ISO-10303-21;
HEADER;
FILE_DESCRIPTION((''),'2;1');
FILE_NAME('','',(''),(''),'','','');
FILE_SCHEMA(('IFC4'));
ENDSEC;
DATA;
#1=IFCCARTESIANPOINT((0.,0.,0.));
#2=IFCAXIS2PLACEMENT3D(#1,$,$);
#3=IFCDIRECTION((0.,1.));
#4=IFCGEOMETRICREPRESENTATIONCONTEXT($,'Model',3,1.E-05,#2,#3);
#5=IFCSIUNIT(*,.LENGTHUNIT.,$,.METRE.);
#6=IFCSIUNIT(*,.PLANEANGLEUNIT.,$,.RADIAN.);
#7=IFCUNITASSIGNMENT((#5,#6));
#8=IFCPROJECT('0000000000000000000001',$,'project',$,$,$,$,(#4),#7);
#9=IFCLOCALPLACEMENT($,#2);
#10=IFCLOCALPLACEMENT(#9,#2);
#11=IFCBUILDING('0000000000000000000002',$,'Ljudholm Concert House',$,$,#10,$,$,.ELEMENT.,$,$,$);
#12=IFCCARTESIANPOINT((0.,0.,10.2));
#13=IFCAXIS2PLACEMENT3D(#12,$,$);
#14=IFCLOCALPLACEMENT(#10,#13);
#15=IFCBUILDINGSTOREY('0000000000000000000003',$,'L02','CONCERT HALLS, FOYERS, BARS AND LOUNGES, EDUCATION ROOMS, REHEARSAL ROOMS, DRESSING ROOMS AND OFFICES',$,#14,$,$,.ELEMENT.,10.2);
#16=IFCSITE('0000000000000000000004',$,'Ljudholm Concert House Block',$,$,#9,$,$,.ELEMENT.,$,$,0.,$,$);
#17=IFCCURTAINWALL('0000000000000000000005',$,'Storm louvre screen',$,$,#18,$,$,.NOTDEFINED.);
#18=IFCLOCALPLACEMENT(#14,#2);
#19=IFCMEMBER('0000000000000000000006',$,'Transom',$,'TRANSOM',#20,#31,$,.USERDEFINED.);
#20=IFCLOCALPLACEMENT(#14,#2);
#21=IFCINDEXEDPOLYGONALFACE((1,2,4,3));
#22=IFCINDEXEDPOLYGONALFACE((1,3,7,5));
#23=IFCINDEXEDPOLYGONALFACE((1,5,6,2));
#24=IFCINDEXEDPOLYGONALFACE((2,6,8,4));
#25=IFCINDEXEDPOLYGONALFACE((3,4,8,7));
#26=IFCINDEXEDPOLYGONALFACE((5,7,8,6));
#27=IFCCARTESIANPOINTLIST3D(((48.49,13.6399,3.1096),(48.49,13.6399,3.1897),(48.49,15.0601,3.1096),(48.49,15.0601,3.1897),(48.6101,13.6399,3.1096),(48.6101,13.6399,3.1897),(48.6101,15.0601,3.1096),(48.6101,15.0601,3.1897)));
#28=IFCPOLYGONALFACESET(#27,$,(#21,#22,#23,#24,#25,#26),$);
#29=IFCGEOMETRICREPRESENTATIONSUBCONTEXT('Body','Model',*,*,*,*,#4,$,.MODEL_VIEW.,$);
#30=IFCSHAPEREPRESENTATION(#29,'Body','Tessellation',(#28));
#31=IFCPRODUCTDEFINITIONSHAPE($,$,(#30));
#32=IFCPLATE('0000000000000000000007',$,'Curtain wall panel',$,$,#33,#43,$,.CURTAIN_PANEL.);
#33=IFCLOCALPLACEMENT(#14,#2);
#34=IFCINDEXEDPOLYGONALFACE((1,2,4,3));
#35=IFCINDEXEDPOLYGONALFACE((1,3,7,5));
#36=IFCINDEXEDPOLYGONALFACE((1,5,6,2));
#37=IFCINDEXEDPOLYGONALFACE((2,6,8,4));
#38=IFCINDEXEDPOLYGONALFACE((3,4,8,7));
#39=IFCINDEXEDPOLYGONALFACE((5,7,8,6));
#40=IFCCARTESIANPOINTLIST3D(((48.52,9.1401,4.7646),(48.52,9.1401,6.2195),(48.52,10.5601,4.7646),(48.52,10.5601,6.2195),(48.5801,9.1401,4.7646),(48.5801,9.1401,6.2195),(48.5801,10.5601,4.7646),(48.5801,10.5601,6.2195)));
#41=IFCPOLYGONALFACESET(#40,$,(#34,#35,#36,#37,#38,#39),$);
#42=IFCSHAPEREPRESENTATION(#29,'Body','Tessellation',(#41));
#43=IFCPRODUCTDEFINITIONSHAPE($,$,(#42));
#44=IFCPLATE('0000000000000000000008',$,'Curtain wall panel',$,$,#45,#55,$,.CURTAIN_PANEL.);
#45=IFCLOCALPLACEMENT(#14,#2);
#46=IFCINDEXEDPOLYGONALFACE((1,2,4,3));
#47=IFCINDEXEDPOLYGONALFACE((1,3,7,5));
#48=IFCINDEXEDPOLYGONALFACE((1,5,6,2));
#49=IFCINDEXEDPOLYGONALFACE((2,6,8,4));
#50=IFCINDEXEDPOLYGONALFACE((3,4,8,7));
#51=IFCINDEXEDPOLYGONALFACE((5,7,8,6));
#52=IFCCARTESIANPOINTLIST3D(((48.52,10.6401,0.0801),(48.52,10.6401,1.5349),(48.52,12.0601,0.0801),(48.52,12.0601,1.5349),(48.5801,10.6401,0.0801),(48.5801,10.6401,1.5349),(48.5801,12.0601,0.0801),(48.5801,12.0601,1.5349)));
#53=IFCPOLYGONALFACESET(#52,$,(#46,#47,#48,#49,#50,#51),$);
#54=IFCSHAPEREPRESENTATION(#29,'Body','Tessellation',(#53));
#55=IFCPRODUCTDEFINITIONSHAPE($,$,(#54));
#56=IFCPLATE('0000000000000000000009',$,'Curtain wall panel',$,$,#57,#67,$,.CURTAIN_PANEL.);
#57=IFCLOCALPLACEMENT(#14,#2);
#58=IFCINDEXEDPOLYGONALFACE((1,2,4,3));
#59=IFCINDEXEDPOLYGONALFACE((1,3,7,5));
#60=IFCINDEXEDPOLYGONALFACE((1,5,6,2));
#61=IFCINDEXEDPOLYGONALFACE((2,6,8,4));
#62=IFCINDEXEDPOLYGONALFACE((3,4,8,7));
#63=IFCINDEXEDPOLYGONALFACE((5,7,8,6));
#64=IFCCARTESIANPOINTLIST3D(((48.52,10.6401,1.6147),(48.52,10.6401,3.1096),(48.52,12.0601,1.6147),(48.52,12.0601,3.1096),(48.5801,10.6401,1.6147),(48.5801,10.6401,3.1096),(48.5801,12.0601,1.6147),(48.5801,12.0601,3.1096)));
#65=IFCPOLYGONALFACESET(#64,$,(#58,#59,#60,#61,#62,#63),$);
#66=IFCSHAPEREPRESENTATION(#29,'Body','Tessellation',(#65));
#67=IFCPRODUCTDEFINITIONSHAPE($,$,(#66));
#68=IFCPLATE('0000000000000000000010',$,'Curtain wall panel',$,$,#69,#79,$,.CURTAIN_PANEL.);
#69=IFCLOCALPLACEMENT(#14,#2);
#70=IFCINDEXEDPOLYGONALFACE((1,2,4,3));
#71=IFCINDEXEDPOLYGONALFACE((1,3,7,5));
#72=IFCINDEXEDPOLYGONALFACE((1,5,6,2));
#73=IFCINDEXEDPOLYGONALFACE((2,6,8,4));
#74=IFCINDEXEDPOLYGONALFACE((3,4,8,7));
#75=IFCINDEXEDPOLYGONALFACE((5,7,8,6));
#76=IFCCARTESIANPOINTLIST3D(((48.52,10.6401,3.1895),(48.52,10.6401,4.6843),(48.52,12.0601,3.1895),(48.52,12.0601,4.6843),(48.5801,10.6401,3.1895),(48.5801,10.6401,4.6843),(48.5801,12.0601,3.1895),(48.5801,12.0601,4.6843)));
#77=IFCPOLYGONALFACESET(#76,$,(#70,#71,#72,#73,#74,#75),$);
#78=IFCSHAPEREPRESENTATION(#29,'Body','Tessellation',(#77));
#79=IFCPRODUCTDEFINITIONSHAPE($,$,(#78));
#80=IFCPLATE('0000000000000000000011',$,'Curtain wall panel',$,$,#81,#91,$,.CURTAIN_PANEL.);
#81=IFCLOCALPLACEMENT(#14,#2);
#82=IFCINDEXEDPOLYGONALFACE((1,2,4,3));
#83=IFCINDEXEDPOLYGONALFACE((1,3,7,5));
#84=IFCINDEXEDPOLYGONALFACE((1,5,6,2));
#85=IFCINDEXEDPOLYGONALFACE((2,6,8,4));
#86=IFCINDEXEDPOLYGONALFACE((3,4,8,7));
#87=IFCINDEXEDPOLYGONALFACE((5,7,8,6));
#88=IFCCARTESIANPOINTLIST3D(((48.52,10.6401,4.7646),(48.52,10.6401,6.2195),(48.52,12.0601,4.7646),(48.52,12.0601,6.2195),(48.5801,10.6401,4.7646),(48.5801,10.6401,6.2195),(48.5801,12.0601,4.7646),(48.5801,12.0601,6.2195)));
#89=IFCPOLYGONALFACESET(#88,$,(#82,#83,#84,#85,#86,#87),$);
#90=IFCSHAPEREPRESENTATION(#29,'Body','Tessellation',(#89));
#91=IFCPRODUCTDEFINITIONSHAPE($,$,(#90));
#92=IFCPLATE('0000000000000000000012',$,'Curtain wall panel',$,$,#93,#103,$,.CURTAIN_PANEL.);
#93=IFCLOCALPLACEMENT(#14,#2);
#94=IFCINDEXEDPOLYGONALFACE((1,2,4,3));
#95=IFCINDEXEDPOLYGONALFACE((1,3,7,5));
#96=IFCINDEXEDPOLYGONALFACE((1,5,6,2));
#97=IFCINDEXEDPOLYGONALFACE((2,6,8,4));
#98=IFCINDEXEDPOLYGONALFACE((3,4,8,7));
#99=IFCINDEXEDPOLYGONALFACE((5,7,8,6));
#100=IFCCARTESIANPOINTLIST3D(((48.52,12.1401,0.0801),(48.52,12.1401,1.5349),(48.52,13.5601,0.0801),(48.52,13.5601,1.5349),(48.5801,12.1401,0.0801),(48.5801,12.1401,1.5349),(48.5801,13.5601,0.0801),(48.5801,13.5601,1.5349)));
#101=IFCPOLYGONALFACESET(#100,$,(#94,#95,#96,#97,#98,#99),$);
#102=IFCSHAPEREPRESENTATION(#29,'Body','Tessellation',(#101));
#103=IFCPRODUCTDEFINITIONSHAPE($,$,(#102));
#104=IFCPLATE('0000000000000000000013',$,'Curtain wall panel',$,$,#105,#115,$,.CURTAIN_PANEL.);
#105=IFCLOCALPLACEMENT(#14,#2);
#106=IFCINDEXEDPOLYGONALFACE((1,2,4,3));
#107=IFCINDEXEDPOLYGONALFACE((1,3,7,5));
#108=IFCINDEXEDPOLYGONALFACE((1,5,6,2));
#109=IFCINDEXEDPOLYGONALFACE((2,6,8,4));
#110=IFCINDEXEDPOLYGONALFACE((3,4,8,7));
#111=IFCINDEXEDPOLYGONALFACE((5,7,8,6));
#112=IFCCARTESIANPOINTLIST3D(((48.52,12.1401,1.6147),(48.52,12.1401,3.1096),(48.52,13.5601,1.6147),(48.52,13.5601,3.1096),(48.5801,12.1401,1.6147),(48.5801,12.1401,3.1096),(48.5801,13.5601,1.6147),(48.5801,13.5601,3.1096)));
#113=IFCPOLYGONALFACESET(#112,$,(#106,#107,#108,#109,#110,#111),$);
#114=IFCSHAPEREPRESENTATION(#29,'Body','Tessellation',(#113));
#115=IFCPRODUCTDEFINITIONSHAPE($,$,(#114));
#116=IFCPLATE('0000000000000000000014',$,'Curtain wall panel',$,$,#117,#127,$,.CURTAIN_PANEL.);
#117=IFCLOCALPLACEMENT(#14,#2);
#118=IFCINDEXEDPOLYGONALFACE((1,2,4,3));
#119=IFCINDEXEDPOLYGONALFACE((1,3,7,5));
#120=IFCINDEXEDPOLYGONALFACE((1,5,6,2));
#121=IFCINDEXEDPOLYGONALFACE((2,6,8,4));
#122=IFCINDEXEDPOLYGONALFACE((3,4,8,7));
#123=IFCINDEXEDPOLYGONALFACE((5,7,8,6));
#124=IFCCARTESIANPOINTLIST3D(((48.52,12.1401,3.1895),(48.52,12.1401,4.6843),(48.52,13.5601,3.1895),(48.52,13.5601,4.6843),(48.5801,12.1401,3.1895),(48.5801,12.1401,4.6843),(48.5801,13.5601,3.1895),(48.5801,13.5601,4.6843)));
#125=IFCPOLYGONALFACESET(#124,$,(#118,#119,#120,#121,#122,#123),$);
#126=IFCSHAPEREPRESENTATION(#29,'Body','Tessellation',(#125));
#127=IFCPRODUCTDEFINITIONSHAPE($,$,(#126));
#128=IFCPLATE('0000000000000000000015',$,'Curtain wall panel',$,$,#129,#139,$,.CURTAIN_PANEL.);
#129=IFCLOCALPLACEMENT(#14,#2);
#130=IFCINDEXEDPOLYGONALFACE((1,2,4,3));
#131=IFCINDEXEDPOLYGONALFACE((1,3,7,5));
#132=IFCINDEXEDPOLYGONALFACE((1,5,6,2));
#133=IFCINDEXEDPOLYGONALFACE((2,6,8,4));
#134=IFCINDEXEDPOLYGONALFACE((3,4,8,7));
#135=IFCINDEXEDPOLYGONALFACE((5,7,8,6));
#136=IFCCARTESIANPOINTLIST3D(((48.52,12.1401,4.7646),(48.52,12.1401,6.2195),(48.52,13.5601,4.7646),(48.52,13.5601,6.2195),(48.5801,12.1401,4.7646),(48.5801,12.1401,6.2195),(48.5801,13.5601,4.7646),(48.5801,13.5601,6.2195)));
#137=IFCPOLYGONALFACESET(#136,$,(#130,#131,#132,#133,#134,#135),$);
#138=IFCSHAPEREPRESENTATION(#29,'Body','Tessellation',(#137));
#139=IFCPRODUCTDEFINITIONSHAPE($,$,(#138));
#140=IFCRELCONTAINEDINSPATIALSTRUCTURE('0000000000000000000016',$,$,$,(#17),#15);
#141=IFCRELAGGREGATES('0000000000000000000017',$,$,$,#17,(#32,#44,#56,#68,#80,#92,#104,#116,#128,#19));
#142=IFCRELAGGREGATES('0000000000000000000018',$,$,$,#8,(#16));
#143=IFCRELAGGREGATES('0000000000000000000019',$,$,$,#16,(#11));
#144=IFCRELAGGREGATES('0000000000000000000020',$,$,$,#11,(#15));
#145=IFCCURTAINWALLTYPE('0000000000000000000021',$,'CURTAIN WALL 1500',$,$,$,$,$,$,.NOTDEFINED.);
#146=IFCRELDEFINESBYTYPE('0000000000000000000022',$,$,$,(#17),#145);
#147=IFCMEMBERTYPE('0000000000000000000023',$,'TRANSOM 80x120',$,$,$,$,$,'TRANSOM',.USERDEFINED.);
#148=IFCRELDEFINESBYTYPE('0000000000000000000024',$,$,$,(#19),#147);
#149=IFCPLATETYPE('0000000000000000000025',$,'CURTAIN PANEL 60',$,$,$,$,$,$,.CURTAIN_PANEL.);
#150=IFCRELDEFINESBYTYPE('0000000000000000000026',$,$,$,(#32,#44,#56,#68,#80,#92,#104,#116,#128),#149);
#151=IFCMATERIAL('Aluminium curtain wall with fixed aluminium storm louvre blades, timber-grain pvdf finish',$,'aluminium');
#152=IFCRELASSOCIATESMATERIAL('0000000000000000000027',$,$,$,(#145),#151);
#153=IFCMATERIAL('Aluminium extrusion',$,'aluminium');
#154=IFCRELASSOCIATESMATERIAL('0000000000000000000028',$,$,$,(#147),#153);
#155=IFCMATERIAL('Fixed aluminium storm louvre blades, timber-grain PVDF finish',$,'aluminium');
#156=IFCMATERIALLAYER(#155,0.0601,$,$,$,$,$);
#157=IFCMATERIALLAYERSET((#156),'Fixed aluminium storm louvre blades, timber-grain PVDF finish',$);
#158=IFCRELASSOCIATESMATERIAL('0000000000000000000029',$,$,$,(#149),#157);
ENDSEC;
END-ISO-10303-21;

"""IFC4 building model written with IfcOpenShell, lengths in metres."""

from ifc_helpers import new_model, si_unit, direction, frame, origin, origin_2d, place, context, subcontext, project, spatial, rectangle, extrude, material, layer, layer_set, material_profile, profile_set, type_object, element, aggregate, save


model = new_model("IFC4")

# Units and contexts
model_context = context("Model", 3, precision=1e-05, world=origin(), true_north=direction((0.0, 1.0)))
body_context = subcontext(model_context, "Body", "Model", "MODEL_VIEW")
ifc_project = project(units=[si_unit("LENGTHUNIT", "METRE"), si_unit("PLANEANGLEUNIT", "RADIAN")], contexts=[model_context])

# Site, building, storey
site_placement = place(None, origin())
site = spatial("IfcSite", under=ifc_project, at=site_placement, Name="Ljudholm Concert House Block", CompositionType="ELEMENT", RefElevation=0.0)
building_placement = place(site_placement, origin())
building = spatial("IfcBuilding", under=site, at=building_placement, Name="Ljudholm Concert House", CompositionType="ELEMENT")
storey_placement = place(building_placement, frame((0.0, 0.0, 10.2)))
storey = spatial("IfcBuildingStorey", under=building, at=storey_placement, Name="L02", Description="CONCERT HALLS, FOYERS, BARS AND LOUNGES, EDUCATION ROOMS, REHEARSAL ROOMS, DRESSING ROOMS AND OFFICES", CompositionType="ELEMENT", Elevation=10.2)

# Curtain wall, member, plates
ifc_material_1 = material(Name="Aluminium curtain wall with fixed aluminium storm louvre blades, timber-grain pvdf finish", Category="aluminium")
curtain_wall_type = type_object("IfcCurtainWallType", Name="CURTAIN WALL 1500", PredefinedType="NOTDEFINED", material=ifc_material_1)
curtain_wall_placement = place(storey_placement, origin())
curtain_wall = element("IfcCurtainWall", 1, at=curtain_wall_placement, inside=storey, type_object=curtain_wall_type, Name="Storm louvre screen", PredefinedType="NOTDEFINED")
ifc_material_2 = material(Name="Aluminium extrusion", Category="aluminium")
ifc_material_profile_1 = material_profile(ifc_material_2, rectangle(XDim=0.1201, YDim=0.0801, at=origin_2d()), Name="TRANSOM 80x120")
ifc_profile_set_1 = profile_set([ifc_material_profile_1], Name="Aluminium extrusion")
member_type_1 = type_object("IfcMemberType", Name="TRANSOM 80x120", ElementType="TRANSOM", PredefinedType="USERDEFINED", material=ifc_profile_set_1)
member_1_placement = place(storey_placement, frame((48.55, 13.6399, 3.1497), z_axis=(0.0, 1.0, 0.0), x_axis=(-1.0, 0.0, 0.0)))
member_1 = element("IfcMember", 2, at=member_1_placement, type_object=member_type_1, Name="Transom", ObjectType="TRANSOM", PredefinedType="USERDEFINED", context=body_context, shape_type="SweptSolid", body=[
    extrude(rectangle(XDim=0.1201, YDim=0.0801, at=origin_2d()), origin(), (0.0, 0.0, 1.0), 1.4202),
])
ifc_material_3 = material(Name="Fixed aluminium storm louvre blades, timber-grain PVDF finish", Category="aluminium")
ifc_layer = layer(ifc_material_3, 0.0601)
ifc_layer_set = layer_set([ifc_layer], Name="Fixed aluminium storm louvre blades, timber-grain PVDF finish")
plate_type = type_object("IfcPlateType", Name="CURTAIN PANEL 60", PredefinedType="CURTAIN_PANEL", material=ifc_layer_set)
plate_1_placement = place(storey_placement, frame((48.55, 9.8501, 4.7646), z_axis=(0.0, 0.0, 1.0), x_axis=(0.0, 1.0, 0.0)))
plate_1 = element("IfcPlate", 3, at=plate_1_placement, type_object=plate_type, Name="Curtain wall panel", PredefinedType="CURTAIN_PANEL", context=body_context, shape_type="SweptSolid", body=[
    extrude(rectangle(XDim=1.4199, YDim=0.0601, at=origin_2d()), origin(), (0.0, 0.0, 1.0), 1.4548),
])
plate_2_placement = place(storey_placement, frame((48.55, 11.3501, 0.0801), z_axis=(0.0, 0.0, 1.0), x_axis=(0.0, 1.0, 0.0)))
plate_2 = element("IfcPlate", 4, at=plate_2_placement, type_object=plate_type, Name="Curtain wall panel", PredefinedType="CURTAIN_PANEL", context=body_context, shape_type="SweptSolid", body=[
    extrude(rectangle(XDim=1.4199, YDim=0.0601, at=origin_2d()), origin(), (0.0, 0.0, 1.0), 1.4548),
])
plate_3_placement = place(storey_placement, frame((48.55, 11.3501, 1.6147), z_axis=(0.0, 0.0, 1.0), x_axis=(0.0, 1.0, 0.0)))
plate_3 = element("IfcPlate", 5, at=plate_3_placement, type_object=plate_type, Name="Curtain wall panel", PredefinedType="CURTAIN_PANEL", context=body_context, shape_type="SweptSolid", body=[
    extrude(rectangle(XDim=1.4199, YDim=0.0601, at=origin_2d()), origin(), (0.0, 0.0, 1.0), 1.4949),
])
plate_4_placement = place(storey_placement, frame((48.55, 11.3501, 3.1895), z_axis=(0.0, 0.0, 1.0), x_axis=(0.0, 1.0, 0.0)))
plate_4 = element("IfcPlate", 6, at=plate_4_placement, type_object=plate_type, Name="Curtain wall panel", PredefinedType="CURTAIN_PANEL", context=body_context, shape_type="SweptSolid", body=[
    extrude(rectangle(XDim=1.4199, YDim=0.0601, at=origin_2d()), origin(), (0.0, 0.0, 1.0), 1.4949),
])
plate_5_placement = place(storey_placement, frame((48.55, 11.3501, 4.7646), z_axis=(0.0, 0.0, 1.0), x_axis=(0.0, 1.0, 0.0)))
plate_5 = element("IfcPlate", 7, at=plate_5_placement, type_object=plate_type, Name="Curtain wall panel", PredefinedType="CURTAIN_PANEL", context=body_context, shape_type="SweptSolid", body=[
    extrude(rectangle(XDim=1.4199, YDim=0.0601, at=origin_2d()), origin(), (0.0, 0.0, 1.0), 1.4548),
])
plate_6_placement = place(storey_placement, frame((48.55, 12.8501, 0.0801), z_axis=(0.0, 0.0, 1.0), x_axis=(0.0, 1.0, 0.0)))
plate_6 = element("IfcPlate", 8, at=plate_6_placement, type_object=plate_type, Name="Curtain wall panel", PredefinedType="CURTAIN_PANEL", context=body_context, shape_type="SweptSolid", body=[
    extrude(rectangle(XDim=1.4199, YDim=0.0601, at=origin_2d()), origin(), (0.0, 0.0, 1.0), 1.4548),
])
plate_7_placement = place(storey_placement, frame((48.55, 12.8501, 1.6147), z_axis=(0.0, 0.0, 1.0), x_axis=(0.0, 1.0, 0.0)))
plate_7 = element("IfcPlate", 9, at=plate_7_placement, type_object=plate_type, Name="Curtain wall panel", PredefinedType="CURTAIN_PANEL", context=body_context, shape_type="SweptSolid", body=[
    extrude(rectangle(XDim=1.4199, YDim=0.0601, at=origin_2d()), origin(), (0.0, 0.0, 1.0), 1.4949),
])
plate_8_placement = place(storey_placement, frame((48.55, 12.8501, 3.1895), z_axis=(0.0, 0.0, 1.0), x_axis=(0.0, 1.0, 0.0)))
plate_8 = element("IfcPlate", 10, at=plate_8_placement, type_object=plate_type, Name="Curtain wall panel", PredefinedType="CURTAIN_PANEL", context=body_context, shape_type="SweptSolid", body=[
    extrude(rectangle(XDim=1.4199, YDim=0.0601, at=origin_2d()), origin(), (0.0, 0.0, 1.0), 1.4949),
])
plate_9_placement = place(storey_placement, frame((48.55, 12.8501, 4.7646), z_axis=(0.0, 0.0, 1.0), x_axis=(0.0, 1.0, 0.0)))
plate_9 = element("IfcPlate", 11, at=plate_9_placement, type_object=plate_type, Name="Curtain wall panel", PredefinedType="CURTAIN_PANEL", context=body_context, shape_type="SweptSolid", body=[
    extrude(rectangle(XDim=1.4199, YDim=0.0601, at=origin_2d()), origin(), (0.0, 0.0, 1.0), 1.4548),
])
aggregate(curtain_wall, [plate_1, plate_2, plate_3, plate_4, plate_5, plate_6, plate_7, plate_8, plate_9, member_1])

save(model, "model.ifc")
